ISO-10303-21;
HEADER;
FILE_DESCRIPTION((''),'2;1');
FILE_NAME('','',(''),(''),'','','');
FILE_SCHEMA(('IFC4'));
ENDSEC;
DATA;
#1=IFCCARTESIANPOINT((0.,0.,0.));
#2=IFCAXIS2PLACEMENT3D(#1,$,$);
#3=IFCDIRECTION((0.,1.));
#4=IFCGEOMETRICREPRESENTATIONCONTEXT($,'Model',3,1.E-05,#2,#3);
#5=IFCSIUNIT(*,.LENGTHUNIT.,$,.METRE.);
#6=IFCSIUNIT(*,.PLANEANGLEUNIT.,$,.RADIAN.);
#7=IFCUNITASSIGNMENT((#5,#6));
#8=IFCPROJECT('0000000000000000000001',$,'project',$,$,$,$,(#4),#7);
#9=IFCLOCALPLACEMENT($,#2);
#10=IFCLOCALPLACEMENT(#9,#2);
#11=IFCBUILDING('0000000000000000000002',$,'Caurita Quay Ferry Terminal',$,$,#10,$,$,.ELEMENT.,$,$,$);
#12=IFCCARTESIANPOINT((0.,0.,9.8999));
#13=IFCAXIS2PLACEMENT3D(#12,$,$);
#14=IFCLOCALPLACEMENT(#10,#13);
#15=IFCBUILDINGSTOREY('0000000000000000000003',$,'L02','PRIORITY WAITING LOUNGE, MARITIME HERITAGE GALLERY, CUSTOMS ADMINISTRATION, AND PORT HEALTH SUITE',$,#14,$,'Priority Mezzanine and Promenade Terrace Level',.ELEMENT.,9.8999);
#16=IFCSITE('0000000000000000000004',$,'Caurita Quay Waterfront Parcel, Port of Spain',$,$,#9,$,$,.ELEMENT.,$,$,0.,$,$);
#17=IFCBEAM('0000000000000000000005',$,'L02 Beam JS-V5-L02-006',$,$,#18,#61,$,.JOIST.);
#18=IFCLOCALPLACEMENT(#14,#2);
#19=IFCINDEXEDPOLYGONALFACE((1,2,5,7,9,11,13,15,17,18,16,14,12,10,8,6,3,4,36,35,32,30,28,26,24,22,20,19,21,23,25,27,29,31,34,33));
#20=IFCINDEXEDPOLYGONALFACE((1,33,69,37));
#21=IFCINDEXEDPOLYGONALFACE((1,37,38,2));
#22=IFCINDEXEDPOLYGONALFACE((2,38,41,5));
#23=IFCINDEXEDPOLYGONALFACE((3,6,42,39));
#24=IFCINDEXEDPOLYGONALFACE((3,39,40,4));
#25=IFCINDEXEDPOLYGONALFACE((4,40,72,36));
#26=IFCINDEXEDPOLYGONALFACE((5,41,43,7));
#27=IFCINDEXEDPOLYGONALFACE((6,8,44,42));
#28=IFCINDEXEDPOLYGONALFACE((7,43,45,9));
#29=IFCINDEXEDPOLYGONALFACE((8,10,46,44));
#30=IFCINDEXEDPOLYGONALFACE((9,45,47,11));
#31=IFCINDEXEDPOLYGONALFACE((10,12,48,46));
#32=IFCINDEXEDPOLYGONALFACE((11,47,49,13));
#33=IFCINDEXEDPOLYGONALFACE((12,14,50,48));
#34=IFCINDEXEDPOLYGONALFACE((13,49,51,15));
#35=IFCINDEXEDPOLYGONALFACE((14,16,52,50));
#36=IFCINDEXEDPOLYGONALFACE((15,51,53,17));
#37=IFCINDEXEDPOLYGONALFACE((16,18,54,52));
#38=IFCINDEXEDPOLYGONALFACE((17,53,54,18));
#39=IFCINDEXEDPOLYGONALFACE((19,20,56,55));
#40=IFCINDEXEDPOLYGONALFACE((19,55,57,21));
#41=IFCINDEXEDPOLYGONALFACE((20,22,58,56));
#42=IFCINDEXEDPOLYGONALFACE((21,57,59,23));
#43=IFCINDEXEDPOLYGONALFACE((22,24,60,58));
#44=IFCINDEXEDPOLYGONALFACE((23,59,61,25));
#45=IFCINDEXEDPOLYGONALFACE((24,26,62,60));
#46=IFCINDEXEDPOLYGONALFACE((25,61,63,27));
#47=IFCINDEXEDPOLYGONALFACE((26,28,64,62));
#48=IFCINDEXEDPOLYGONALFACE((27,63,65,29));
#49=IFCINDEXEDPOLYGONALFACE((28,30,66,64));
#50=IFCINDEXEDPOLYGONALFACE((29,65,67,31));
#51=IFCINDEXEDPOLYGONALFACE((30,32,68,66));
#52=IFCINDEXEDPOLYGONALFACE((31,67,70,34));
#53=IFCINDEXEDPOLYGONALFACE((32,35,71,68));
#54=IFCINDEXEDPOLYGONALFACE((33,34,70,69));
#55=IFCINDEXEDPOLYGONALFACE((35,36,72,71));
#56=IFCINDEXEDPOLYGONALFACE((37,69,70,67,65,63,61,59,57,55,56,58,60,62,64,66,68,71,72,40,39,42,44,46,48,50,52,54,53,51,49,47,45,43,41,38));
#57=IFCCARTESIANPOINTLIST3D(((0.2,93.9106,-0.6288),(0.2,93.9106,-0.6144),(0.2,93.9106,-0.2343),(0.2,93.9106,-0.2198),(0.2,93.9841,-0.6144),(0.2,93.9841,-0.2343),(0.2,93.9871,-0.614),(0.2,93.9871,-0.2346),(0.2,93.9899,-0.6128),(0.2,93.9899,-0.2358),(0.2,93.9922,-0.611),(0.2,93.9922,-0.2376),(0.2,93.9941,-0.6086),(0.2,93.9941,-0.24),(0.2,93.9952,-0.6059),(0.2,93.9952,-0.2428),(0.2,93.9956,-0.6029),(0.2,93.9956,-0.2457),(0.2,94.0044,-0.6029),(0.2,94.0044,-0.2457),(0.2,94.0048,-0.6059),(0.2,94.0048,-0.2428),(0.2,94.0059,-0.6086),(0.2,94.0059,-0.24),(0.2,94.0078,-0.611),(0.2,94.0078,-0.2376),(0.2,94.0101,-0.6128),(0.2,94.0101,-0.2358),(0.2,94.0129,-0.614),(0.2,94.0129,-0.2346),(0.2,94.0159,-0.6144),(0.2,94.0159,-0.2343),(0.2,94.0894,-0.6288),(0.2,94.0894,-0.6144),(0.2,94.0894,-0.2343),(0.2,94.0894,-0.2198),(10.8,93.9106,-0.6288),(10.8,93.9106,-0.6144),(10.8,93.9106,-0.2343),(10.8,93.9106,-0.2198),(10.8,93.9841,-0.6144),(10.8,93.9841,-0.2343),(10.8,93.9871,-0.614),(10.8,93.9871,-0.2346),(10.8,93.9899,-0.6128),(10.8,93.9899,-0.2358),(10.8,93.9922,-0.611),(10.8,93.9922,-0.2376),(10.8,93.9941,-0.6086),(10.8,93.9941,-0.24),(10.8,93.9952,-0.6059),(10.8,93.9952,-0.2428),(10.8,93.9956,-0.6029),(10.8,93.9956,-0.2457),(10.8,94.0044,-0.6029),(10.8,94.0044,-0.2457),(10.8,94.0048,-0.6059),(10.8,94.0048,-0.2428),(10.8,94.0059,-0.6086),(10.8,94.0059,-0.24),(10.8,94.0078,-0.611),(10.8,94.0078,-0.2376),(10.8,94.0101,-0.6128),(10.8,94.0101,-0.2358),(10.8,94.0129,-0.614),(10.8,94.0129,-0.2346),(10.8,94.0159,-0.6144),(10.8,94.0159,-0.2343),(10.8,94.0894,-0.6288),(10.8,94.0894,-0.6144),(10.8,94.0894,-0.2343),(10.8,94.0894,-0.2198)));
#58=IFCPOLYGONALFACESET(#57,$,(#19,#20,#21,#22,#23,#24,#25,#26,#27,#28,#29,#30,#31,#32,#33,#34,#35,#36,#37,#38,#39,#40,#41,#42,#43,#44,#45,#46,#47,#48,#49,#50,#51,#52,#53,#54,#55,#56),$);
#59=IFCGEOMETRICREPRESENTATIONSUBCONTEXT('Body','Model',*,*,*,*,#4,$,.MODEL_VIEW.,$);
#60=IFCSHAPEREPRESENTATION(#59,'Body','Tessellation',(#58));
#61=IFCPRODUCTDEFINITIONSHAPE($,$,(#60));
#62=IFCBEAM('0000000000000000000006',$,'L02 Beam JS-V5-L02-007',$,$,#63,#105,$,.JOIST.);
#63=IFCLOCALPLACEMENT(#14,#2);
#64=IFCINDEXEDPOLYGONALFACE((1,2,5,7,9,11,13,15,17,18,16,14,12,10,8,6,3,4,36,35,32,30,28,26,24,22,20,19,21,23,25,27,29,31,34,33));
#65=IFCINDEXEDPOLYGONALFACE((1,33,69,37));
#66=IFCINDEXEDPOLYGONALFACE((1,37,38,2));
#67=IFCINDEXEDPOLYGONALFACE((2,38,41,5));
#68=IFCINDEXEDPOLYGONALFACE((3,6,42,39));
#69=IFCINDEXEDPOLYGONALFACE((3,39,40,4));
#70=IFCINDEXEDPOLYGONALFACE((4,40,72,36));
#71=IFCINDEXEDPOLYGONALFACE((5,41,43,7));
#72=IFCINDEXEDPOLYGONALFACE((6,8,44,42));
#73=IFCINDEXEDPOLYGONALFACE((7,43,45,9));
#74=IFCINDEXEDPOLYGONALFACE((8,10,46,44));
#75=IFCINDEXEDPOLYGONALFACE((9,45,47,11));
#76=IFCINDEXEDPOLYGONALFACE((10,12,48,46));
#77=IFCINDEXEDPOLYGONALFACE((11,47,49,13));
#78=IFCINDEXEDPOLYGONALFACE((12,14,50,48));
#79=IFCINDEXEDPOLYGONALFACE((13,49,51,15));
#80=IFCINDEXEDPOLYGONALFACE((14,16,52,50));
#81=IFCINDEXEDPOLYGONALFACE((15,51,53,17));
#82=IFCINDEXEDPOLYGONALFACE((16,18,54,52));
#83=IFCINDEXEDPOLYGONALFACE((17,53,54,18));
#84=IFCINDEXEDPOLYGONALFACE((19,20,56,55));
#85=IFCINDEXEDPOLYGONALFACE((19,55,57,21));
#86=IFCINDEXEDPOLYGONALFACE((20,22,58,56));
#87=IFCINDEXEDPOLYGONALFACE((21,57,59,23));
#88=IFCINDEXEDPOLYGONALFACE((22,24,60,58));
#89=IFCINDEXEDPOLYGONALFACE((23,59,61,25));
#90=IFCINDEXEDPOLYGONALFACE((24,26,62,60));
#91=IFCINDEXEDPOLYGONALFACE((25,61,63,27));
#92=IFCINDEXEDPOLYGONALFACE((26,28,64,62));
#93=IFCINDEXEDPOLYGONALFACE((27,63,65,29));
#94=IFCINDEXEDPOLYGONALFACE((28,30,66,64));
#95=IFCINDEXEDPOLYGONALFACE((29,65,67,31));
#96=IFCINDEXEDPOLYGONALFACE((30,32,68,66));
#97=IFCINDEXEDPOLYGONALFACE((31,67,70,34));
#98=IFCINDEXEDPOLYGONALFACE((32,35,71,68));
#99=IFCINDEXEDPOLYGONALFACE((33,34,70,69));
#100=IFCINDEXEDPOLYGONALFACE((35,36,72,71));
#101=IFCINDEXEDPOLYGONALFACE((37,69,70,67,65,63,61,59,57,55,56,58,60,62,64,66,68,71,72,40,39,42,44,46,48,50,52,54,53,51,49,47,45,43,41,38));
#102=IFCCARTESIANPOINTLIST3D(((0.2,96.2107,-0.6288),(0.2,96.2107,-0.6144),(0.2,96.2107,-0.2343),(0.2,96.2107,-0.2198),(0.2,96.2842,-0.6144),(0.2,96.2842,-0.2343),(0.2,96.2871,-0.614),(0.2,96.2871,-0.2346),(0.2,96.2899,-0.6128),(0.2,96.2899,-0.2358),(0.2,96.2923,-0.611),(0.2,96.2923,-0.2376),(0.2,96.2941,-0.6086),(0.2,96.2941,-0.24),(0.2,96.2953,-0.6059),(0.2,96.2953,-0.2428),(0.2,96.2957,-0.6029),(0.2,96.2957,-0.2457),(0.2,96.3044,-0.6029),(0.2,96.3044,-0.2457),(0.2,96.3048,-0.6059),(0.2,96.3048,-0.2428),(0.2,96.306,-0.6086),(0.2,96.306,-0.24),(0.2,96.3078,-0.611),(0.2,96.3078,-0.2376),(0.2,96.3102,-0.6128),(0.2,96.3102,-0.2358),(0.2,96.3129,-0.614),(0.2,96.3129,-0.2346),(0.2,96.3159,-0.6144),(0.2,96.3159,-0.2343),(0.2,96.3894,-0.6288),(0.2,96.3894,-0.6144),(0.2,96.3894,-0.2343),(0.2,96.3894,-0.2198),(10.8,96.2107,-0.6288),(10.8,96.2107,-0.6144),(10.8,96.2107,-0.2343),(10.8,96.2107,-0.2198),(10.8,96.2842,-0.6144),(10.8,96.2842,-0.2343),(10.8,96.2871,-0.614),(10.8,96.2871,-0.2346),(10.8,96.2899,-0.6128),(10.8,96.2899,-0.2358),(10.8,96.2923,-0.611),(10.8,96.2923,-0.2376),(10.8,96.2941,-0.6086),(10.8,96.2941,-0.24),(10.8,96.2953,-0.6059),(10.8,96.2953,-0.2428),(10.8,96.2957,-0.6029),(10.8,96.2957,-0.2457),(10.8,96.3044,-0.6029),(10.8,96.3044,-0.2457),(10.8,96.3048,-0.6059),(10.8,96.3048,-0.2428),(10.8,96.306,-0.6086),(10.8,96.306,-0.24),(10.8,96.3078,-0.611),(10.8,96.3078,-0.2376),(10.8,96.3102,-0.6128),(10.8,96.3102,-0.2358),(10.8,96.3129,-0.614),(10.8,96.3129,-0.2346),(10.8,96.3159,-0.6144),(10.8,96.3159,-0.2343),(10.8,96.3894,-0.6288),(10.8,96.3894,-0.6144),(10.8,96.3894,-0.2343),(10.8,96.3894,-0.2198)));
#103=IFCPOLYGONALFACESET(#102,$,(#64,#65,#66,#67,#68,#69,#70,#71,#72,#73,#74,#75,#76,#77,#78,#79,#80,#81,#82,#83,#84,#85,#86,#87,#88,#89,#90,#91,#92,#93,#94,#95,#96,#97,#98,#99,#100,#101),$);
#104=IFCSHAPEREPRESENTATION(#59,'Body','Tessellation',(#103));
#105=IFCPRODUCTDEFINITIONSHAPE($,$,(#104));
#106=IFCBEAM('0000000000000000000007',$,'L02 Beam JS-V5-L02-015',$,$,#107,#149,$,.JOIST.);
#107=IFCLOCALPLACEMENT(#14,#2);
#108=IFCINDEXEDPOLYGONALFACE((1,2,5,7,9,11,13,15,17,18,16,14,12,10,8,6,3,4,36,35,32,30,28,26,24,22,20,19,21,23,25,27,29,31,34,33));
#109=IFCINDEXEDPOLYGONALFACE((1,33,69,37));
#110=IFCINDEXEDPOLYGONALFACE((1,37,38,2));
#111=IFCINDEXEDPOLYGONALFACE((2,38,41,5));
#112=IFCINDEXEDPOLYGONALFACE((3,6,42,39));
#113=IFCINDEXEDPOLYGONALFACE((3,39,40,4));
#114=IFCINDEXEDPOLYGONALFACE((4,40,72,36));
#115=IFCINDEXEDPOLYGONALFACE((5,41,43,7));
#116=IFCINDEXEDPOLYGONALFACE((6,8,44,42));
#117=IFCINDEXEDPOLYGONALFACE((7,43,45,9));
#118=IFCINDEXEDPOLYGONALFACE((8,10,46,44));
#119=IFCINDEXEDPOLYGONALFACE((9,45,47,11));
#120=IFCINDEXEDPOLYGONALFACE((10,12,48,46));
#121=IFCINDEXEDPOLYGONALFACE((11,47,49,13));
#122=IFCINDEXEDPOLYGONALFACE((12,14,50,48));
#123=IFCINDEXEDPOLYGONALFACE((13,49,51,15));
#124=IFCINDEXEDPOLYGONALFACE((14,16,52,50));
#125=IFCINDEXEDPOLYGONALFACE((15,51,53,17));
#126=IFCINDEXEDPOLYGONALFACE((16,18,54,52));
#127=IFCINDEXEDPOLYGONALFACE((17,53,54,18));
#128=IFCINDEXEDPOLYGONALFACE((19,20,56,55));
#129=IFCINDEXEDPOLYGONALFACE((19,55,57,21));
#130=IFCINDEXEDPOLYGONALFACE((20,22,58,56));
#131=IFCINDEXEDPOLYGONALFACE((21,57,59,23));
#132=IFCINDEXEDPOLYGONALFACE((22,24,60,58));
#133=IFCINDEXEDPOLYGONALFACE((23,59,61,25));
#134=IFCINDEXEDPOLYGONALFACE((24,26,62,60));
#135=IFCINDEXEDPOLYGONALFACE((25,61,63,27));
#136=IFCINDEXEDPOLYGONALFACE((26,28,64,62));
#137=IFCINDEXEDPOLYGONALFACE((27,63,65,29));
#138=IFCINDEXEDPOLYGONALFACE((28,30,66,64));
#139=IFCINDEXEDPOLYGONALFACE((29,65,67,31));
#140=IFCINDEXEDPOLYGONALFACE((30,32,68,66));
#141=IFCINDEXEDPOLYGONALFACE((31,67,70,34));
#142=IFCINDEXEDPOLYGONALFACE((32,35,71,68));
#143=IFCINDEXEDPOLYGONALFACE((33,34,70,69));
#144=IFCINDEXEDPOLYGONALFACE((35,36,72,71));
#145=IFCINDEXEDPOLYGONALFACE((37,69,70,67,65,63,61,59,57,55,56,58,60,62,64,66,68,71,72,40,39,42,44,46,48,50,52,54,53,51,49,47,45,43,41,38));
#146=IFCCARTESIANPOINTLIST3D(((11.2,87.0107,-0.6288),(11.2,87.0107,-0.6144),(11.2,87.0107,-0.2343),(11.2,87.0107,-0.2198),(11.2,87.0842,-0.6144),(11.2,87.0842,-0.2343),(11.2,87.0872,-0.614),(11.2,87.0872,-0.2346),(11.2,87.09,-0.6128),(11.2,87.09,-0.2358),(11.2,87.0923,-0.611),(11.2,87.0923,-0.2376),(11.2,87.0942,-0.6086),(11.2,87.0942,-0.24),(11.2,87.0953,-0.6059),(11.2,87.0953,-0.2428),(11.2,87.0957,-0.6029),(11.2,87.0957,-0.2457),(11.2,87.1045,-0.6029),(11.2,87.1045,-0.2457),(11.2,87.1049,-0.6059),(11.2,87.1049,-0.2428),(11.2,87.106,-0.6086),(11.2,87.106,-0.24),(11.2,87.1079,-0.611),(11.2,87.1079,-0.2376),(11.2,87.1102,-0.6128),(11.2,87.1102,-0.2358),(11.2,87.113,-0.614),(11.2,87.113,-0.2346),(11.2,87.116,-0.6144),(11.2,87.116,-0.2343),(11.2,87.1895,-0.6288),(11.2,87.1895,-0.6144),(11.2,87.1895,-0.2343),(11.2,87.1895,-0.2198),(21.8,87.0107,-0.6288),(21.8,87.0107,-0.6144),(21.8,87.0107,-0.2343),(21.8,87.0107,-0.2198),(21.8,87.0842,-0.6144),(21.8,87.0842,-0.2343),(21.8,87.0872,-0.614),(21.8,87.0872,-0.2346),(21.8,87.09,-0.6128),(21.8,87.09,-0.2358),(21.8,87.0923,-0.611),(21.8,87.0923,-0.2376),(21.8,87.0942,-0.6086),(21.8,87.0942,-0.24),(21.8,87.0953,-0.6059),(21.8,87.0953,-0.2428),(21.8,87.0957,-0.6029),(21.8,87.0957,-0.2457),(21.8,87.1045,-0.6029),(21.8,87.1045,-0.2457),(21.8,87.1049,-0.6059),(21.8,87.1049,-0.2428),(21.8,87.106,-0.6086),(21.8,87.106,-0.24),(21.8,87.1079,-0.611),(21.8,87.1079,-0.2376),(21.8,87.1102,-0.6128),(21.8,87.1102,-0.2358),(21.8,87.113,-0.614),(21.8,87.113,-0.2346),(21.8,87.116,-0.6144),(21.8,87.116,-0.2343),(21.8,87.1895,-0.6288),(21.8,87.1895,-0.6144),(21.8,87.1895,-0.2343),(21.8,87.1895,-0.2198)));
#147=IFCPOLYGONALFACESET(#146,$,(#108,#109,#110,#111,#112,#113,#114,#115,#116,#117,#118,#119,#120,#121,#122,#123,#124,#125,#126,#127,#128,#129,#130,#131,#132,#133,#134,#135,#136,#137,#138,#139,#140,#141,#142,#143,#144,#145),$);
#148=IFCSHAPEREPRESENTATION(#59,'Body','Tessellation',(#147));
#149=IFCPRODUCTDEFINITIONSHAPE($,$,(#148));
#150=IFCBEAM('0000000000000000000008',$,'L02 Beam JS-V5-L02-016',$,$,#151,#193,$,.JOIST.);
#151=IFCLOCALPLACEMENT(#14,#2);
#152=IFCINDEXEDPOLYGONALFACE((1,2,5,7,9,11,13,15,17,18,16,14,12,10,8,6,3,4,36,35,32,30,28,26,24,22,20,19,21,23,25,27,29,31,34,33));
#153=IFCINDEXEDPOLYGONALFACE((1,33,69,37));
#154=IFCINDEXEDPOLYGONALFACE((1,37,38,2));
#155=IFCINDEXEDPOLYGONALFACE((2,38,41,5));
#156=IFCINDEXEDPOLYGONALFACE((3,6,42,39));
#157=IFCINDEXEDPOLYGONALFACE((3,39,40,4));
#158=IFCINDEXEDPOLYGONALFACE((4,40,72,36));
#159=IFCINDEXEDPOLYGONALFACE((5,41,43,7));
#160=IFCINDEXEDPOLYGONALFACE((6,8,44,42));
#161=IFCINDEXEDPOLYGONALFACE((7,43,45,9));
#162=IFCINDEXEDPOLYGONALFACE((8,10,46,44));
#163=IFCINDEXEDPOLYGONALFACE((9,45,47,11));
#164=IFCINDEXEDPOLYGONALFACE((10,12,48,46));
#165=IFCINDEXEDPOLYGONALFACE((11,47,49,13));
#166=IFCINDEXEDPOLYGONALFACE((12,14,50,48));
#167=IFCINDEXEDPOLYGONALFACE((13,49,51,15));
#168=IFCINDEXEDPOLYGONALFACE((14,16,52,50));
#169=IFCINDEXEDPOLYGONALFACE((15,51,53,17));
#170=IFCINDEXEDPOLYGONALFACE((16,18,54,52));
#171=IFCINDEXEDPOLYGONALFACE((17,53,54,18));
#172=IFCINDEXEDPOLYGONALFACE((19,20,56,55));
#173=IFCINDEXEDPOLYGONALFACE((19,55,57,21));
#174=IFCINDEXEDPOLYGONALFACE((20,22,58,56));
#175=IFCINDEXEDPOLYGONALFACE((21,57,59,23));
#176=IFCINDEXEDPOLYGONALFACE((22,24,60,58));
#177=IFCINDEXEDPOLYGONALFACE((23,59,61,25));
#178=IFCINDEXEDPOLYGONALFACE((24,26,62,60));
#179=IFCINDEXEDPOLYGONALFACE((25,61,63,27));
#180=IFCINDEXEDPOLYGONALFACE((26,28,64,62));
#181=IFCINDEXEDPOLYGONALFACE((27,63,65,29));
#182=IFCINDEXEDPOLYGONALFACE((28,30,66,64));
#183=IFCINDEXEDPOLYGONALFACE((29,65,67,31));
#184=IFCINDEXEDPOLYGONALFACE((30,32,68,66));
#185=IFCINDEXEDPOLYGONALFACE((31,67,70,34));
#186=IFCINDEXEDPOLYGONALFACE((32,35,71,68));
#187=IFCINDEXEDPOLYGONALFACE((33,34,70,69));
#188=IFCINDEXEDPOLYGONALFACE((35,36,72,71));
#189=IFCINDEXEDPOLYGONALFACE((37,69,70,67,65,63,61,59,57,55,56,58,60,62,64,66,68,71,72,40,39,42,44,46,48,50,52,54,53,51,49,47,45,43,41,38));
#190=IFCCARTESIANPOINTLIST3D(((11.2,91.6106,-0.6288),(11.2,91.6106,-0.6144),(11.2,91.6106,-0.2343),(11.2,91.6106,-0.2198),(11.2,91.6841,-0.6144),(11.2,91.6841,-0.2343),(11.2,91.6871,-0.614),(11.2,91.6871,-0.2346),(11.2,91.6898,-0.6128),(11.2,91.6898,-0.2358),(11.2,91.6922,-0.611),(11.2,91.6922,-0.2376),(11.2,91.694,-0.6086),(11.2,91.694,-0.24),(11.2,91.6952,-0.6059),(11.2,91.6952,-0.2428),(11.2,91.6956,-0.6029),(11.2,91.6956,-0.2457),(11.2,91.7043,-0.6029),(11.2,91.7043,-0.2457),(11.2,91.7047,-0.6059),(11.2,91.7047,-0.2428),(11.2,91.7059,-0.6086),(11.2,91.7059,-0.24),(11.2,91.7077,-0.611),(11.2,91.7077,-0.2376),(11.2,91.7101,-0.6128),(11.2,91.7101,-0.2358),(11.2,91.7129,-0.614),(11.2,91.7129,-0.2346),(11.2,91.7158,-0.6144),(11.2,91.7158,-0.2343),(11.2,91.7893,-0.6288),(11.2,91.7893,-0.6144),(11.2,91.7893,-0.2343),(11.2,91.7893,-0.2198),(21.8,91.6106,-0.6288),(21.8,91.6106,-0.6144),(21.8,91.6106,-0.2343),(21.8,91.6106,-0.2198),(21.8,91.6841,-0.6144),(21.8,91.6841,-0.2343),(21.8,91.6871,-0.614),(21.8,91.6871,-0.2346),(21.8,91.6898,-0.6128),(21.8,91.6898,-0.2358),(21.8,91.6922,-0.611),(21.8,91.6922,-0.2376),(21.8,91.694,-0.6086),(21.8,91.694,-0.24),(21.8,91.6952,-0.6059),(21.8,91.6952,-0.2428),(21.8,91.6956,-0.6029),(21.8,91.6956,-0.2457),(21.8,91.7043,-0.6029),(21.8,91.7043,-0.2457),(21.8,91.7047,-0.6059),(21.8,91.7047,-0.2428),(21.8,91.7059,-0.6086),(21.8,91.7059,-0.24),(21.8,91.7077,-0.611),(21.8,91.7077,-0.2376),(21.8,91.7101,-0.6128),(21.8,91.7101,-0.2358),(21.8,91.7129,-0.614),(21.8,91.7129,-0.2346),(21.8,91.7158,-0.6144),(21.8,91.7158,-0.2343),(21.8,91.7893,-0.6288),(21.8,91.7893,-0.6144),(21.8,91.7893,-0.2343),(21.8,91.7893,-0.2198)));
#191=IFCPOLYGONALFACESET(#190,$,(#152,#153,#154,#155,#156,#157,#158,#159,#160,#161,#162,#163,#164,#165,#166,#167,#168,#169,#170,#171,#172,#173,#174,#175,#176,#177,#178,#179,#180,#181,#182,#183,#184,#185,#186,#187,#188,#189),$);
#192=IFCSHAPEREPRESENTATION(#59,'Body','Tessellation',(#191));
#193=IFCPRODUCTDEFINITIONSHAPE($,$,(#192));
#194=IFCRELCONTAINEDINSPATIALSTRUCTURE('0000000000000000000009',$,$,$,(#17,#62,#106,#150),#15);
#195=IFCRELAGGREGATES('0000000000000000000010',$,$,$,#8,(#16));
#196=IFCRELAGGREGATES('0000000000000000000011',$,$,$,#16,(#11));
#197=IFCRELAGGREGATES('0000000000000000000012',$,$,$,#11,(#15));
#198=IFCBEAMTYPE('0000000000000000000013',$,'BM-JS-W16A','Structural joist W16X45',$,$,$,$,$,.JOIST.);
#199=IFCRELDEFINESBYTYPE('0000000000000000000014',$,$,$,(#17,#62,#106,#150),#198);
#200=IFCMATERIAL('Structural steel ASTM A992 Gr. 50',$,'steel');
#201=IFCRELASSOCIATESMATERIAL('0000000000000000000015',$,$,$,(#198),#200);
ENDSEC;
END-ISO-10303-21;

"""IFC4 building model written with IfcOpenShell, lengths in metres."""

from ifc_helpers import new_model, si_unit, direction, frame, origin, origin_2d, place, context, subcontext, project, spatial, i_section, extrude, material, material_profile, profile_set, type_object, element, save


model = new_model("IFC4")

# Units and contexts
model_context = context("Model", 3, precision=1e-05, world=origin(), true_north=direction((0.0, 1.0)))
body_context = subcontext(model_context, "Body", "Model", "MODEL_VIEW")
ifc_project = project(units=[si_unit("LENGTHUNIT", "METRE"), si_unit("PLANEANGLEUNIT", "RADIAN")], contexts=[model_context])

# Site, building, storey
site_placement = place(None, origin())
site = spatial("IfcSite", under=ifc_project, at=site_placement, Name="Caurita Quay Waterfront Parcel, Port of Spain", CompositionType="ELEMENT", RefElevation=0.0)
building_placement = place(site_placement, origin())
building = spatial("IfcBuilding", under=site, at=building_placement, Name="Caurita Quay Ferry Terminal", CompositionType="ELEMENT")
storey_placement = place(building_placement, frame((0.0, 0.0, 9.8999)))
storey = spatial("IfcBuildingStorey", under=building, at=storey_placement, Name="L02", Description="PRIORITY WAITING LOUNGE, MARITIME HERITAGE GALLERY, CUSTOMS ADMINISTRATION, AND PORT HEALTH SUITE", LongName="Priority Mezzanine and Promenade Terrace Level", CompositionType="ELEMENT", Elevation=9.8999)

# Beams
ifc_material_1 = material(Name="Structural steel ASTM A992 Gr. 50", Category="steel")
ifc_material_profile_1 = material_profile(ifc_material_1, i_section(OverallWidth=0.1787, OverallDepth=0.4089, WebThickness=0.0088, FlangeThickness=0.0144, FilletRadius=0.0115, at=origin_2d()), Name="W16X45")
ifc_profile_set_1 = profile_set([ifc_material_profile_1], Name="Structural steel ASTM A992 Gr. 50")
beam_type_1 = type_object("IfcBeamType", Name="BM-JS-W16A", Description="Structural joist W16X45", PredefinedType="JOIST", material=ifc_profile_set_1)
for number, where, z_axis, x_axis, name in (
    (1, (0.2, 94.0, -0.4243), (1.0, 0.0, 0.0), (0.0, 1.0, 0.0), "L02 Beam JS-V5-L02-006"),
    (2, (0.2, 96.3, -0.4243), (1.0, 0.0, 0.0), (0.0, 1.0, 0.0), "L02 Beam JS-V5-L02-007"),
    (3, (11.2, 87.1001, -0.4243), (1.0, 0.0, 0.0), (0.0, 1.0, 0.0), "L02 Beam JS-V5-L02-015"),
    (4, (11.2, 91.7, -0.4243), (1.0, 0.0, 0.0), (0.0, 1.0, 0.0), "L02 Beam JS-V5-L02-016"),
):
    element("IfcBeam", number, at=place(storey_placement, frame(where, z_axis=z_axis, x_axis=x_axis)), inside=storey, type_object=beam_type_1, Name=name, PredefinedType="JOIST", context=body_context, shape_type="SweptSolid", body=[
        extrude(i_section(OverallWidth=0.1787, OverallDepth=0.4089, WebThickness=0.0088, FlangeThickness=0.0144, FilletRadius=0.0115, at=origin_2d()), origin(), (0.0, 0.0, 1.0), 10.6001),
    ])

save(model, "model.ifc")
